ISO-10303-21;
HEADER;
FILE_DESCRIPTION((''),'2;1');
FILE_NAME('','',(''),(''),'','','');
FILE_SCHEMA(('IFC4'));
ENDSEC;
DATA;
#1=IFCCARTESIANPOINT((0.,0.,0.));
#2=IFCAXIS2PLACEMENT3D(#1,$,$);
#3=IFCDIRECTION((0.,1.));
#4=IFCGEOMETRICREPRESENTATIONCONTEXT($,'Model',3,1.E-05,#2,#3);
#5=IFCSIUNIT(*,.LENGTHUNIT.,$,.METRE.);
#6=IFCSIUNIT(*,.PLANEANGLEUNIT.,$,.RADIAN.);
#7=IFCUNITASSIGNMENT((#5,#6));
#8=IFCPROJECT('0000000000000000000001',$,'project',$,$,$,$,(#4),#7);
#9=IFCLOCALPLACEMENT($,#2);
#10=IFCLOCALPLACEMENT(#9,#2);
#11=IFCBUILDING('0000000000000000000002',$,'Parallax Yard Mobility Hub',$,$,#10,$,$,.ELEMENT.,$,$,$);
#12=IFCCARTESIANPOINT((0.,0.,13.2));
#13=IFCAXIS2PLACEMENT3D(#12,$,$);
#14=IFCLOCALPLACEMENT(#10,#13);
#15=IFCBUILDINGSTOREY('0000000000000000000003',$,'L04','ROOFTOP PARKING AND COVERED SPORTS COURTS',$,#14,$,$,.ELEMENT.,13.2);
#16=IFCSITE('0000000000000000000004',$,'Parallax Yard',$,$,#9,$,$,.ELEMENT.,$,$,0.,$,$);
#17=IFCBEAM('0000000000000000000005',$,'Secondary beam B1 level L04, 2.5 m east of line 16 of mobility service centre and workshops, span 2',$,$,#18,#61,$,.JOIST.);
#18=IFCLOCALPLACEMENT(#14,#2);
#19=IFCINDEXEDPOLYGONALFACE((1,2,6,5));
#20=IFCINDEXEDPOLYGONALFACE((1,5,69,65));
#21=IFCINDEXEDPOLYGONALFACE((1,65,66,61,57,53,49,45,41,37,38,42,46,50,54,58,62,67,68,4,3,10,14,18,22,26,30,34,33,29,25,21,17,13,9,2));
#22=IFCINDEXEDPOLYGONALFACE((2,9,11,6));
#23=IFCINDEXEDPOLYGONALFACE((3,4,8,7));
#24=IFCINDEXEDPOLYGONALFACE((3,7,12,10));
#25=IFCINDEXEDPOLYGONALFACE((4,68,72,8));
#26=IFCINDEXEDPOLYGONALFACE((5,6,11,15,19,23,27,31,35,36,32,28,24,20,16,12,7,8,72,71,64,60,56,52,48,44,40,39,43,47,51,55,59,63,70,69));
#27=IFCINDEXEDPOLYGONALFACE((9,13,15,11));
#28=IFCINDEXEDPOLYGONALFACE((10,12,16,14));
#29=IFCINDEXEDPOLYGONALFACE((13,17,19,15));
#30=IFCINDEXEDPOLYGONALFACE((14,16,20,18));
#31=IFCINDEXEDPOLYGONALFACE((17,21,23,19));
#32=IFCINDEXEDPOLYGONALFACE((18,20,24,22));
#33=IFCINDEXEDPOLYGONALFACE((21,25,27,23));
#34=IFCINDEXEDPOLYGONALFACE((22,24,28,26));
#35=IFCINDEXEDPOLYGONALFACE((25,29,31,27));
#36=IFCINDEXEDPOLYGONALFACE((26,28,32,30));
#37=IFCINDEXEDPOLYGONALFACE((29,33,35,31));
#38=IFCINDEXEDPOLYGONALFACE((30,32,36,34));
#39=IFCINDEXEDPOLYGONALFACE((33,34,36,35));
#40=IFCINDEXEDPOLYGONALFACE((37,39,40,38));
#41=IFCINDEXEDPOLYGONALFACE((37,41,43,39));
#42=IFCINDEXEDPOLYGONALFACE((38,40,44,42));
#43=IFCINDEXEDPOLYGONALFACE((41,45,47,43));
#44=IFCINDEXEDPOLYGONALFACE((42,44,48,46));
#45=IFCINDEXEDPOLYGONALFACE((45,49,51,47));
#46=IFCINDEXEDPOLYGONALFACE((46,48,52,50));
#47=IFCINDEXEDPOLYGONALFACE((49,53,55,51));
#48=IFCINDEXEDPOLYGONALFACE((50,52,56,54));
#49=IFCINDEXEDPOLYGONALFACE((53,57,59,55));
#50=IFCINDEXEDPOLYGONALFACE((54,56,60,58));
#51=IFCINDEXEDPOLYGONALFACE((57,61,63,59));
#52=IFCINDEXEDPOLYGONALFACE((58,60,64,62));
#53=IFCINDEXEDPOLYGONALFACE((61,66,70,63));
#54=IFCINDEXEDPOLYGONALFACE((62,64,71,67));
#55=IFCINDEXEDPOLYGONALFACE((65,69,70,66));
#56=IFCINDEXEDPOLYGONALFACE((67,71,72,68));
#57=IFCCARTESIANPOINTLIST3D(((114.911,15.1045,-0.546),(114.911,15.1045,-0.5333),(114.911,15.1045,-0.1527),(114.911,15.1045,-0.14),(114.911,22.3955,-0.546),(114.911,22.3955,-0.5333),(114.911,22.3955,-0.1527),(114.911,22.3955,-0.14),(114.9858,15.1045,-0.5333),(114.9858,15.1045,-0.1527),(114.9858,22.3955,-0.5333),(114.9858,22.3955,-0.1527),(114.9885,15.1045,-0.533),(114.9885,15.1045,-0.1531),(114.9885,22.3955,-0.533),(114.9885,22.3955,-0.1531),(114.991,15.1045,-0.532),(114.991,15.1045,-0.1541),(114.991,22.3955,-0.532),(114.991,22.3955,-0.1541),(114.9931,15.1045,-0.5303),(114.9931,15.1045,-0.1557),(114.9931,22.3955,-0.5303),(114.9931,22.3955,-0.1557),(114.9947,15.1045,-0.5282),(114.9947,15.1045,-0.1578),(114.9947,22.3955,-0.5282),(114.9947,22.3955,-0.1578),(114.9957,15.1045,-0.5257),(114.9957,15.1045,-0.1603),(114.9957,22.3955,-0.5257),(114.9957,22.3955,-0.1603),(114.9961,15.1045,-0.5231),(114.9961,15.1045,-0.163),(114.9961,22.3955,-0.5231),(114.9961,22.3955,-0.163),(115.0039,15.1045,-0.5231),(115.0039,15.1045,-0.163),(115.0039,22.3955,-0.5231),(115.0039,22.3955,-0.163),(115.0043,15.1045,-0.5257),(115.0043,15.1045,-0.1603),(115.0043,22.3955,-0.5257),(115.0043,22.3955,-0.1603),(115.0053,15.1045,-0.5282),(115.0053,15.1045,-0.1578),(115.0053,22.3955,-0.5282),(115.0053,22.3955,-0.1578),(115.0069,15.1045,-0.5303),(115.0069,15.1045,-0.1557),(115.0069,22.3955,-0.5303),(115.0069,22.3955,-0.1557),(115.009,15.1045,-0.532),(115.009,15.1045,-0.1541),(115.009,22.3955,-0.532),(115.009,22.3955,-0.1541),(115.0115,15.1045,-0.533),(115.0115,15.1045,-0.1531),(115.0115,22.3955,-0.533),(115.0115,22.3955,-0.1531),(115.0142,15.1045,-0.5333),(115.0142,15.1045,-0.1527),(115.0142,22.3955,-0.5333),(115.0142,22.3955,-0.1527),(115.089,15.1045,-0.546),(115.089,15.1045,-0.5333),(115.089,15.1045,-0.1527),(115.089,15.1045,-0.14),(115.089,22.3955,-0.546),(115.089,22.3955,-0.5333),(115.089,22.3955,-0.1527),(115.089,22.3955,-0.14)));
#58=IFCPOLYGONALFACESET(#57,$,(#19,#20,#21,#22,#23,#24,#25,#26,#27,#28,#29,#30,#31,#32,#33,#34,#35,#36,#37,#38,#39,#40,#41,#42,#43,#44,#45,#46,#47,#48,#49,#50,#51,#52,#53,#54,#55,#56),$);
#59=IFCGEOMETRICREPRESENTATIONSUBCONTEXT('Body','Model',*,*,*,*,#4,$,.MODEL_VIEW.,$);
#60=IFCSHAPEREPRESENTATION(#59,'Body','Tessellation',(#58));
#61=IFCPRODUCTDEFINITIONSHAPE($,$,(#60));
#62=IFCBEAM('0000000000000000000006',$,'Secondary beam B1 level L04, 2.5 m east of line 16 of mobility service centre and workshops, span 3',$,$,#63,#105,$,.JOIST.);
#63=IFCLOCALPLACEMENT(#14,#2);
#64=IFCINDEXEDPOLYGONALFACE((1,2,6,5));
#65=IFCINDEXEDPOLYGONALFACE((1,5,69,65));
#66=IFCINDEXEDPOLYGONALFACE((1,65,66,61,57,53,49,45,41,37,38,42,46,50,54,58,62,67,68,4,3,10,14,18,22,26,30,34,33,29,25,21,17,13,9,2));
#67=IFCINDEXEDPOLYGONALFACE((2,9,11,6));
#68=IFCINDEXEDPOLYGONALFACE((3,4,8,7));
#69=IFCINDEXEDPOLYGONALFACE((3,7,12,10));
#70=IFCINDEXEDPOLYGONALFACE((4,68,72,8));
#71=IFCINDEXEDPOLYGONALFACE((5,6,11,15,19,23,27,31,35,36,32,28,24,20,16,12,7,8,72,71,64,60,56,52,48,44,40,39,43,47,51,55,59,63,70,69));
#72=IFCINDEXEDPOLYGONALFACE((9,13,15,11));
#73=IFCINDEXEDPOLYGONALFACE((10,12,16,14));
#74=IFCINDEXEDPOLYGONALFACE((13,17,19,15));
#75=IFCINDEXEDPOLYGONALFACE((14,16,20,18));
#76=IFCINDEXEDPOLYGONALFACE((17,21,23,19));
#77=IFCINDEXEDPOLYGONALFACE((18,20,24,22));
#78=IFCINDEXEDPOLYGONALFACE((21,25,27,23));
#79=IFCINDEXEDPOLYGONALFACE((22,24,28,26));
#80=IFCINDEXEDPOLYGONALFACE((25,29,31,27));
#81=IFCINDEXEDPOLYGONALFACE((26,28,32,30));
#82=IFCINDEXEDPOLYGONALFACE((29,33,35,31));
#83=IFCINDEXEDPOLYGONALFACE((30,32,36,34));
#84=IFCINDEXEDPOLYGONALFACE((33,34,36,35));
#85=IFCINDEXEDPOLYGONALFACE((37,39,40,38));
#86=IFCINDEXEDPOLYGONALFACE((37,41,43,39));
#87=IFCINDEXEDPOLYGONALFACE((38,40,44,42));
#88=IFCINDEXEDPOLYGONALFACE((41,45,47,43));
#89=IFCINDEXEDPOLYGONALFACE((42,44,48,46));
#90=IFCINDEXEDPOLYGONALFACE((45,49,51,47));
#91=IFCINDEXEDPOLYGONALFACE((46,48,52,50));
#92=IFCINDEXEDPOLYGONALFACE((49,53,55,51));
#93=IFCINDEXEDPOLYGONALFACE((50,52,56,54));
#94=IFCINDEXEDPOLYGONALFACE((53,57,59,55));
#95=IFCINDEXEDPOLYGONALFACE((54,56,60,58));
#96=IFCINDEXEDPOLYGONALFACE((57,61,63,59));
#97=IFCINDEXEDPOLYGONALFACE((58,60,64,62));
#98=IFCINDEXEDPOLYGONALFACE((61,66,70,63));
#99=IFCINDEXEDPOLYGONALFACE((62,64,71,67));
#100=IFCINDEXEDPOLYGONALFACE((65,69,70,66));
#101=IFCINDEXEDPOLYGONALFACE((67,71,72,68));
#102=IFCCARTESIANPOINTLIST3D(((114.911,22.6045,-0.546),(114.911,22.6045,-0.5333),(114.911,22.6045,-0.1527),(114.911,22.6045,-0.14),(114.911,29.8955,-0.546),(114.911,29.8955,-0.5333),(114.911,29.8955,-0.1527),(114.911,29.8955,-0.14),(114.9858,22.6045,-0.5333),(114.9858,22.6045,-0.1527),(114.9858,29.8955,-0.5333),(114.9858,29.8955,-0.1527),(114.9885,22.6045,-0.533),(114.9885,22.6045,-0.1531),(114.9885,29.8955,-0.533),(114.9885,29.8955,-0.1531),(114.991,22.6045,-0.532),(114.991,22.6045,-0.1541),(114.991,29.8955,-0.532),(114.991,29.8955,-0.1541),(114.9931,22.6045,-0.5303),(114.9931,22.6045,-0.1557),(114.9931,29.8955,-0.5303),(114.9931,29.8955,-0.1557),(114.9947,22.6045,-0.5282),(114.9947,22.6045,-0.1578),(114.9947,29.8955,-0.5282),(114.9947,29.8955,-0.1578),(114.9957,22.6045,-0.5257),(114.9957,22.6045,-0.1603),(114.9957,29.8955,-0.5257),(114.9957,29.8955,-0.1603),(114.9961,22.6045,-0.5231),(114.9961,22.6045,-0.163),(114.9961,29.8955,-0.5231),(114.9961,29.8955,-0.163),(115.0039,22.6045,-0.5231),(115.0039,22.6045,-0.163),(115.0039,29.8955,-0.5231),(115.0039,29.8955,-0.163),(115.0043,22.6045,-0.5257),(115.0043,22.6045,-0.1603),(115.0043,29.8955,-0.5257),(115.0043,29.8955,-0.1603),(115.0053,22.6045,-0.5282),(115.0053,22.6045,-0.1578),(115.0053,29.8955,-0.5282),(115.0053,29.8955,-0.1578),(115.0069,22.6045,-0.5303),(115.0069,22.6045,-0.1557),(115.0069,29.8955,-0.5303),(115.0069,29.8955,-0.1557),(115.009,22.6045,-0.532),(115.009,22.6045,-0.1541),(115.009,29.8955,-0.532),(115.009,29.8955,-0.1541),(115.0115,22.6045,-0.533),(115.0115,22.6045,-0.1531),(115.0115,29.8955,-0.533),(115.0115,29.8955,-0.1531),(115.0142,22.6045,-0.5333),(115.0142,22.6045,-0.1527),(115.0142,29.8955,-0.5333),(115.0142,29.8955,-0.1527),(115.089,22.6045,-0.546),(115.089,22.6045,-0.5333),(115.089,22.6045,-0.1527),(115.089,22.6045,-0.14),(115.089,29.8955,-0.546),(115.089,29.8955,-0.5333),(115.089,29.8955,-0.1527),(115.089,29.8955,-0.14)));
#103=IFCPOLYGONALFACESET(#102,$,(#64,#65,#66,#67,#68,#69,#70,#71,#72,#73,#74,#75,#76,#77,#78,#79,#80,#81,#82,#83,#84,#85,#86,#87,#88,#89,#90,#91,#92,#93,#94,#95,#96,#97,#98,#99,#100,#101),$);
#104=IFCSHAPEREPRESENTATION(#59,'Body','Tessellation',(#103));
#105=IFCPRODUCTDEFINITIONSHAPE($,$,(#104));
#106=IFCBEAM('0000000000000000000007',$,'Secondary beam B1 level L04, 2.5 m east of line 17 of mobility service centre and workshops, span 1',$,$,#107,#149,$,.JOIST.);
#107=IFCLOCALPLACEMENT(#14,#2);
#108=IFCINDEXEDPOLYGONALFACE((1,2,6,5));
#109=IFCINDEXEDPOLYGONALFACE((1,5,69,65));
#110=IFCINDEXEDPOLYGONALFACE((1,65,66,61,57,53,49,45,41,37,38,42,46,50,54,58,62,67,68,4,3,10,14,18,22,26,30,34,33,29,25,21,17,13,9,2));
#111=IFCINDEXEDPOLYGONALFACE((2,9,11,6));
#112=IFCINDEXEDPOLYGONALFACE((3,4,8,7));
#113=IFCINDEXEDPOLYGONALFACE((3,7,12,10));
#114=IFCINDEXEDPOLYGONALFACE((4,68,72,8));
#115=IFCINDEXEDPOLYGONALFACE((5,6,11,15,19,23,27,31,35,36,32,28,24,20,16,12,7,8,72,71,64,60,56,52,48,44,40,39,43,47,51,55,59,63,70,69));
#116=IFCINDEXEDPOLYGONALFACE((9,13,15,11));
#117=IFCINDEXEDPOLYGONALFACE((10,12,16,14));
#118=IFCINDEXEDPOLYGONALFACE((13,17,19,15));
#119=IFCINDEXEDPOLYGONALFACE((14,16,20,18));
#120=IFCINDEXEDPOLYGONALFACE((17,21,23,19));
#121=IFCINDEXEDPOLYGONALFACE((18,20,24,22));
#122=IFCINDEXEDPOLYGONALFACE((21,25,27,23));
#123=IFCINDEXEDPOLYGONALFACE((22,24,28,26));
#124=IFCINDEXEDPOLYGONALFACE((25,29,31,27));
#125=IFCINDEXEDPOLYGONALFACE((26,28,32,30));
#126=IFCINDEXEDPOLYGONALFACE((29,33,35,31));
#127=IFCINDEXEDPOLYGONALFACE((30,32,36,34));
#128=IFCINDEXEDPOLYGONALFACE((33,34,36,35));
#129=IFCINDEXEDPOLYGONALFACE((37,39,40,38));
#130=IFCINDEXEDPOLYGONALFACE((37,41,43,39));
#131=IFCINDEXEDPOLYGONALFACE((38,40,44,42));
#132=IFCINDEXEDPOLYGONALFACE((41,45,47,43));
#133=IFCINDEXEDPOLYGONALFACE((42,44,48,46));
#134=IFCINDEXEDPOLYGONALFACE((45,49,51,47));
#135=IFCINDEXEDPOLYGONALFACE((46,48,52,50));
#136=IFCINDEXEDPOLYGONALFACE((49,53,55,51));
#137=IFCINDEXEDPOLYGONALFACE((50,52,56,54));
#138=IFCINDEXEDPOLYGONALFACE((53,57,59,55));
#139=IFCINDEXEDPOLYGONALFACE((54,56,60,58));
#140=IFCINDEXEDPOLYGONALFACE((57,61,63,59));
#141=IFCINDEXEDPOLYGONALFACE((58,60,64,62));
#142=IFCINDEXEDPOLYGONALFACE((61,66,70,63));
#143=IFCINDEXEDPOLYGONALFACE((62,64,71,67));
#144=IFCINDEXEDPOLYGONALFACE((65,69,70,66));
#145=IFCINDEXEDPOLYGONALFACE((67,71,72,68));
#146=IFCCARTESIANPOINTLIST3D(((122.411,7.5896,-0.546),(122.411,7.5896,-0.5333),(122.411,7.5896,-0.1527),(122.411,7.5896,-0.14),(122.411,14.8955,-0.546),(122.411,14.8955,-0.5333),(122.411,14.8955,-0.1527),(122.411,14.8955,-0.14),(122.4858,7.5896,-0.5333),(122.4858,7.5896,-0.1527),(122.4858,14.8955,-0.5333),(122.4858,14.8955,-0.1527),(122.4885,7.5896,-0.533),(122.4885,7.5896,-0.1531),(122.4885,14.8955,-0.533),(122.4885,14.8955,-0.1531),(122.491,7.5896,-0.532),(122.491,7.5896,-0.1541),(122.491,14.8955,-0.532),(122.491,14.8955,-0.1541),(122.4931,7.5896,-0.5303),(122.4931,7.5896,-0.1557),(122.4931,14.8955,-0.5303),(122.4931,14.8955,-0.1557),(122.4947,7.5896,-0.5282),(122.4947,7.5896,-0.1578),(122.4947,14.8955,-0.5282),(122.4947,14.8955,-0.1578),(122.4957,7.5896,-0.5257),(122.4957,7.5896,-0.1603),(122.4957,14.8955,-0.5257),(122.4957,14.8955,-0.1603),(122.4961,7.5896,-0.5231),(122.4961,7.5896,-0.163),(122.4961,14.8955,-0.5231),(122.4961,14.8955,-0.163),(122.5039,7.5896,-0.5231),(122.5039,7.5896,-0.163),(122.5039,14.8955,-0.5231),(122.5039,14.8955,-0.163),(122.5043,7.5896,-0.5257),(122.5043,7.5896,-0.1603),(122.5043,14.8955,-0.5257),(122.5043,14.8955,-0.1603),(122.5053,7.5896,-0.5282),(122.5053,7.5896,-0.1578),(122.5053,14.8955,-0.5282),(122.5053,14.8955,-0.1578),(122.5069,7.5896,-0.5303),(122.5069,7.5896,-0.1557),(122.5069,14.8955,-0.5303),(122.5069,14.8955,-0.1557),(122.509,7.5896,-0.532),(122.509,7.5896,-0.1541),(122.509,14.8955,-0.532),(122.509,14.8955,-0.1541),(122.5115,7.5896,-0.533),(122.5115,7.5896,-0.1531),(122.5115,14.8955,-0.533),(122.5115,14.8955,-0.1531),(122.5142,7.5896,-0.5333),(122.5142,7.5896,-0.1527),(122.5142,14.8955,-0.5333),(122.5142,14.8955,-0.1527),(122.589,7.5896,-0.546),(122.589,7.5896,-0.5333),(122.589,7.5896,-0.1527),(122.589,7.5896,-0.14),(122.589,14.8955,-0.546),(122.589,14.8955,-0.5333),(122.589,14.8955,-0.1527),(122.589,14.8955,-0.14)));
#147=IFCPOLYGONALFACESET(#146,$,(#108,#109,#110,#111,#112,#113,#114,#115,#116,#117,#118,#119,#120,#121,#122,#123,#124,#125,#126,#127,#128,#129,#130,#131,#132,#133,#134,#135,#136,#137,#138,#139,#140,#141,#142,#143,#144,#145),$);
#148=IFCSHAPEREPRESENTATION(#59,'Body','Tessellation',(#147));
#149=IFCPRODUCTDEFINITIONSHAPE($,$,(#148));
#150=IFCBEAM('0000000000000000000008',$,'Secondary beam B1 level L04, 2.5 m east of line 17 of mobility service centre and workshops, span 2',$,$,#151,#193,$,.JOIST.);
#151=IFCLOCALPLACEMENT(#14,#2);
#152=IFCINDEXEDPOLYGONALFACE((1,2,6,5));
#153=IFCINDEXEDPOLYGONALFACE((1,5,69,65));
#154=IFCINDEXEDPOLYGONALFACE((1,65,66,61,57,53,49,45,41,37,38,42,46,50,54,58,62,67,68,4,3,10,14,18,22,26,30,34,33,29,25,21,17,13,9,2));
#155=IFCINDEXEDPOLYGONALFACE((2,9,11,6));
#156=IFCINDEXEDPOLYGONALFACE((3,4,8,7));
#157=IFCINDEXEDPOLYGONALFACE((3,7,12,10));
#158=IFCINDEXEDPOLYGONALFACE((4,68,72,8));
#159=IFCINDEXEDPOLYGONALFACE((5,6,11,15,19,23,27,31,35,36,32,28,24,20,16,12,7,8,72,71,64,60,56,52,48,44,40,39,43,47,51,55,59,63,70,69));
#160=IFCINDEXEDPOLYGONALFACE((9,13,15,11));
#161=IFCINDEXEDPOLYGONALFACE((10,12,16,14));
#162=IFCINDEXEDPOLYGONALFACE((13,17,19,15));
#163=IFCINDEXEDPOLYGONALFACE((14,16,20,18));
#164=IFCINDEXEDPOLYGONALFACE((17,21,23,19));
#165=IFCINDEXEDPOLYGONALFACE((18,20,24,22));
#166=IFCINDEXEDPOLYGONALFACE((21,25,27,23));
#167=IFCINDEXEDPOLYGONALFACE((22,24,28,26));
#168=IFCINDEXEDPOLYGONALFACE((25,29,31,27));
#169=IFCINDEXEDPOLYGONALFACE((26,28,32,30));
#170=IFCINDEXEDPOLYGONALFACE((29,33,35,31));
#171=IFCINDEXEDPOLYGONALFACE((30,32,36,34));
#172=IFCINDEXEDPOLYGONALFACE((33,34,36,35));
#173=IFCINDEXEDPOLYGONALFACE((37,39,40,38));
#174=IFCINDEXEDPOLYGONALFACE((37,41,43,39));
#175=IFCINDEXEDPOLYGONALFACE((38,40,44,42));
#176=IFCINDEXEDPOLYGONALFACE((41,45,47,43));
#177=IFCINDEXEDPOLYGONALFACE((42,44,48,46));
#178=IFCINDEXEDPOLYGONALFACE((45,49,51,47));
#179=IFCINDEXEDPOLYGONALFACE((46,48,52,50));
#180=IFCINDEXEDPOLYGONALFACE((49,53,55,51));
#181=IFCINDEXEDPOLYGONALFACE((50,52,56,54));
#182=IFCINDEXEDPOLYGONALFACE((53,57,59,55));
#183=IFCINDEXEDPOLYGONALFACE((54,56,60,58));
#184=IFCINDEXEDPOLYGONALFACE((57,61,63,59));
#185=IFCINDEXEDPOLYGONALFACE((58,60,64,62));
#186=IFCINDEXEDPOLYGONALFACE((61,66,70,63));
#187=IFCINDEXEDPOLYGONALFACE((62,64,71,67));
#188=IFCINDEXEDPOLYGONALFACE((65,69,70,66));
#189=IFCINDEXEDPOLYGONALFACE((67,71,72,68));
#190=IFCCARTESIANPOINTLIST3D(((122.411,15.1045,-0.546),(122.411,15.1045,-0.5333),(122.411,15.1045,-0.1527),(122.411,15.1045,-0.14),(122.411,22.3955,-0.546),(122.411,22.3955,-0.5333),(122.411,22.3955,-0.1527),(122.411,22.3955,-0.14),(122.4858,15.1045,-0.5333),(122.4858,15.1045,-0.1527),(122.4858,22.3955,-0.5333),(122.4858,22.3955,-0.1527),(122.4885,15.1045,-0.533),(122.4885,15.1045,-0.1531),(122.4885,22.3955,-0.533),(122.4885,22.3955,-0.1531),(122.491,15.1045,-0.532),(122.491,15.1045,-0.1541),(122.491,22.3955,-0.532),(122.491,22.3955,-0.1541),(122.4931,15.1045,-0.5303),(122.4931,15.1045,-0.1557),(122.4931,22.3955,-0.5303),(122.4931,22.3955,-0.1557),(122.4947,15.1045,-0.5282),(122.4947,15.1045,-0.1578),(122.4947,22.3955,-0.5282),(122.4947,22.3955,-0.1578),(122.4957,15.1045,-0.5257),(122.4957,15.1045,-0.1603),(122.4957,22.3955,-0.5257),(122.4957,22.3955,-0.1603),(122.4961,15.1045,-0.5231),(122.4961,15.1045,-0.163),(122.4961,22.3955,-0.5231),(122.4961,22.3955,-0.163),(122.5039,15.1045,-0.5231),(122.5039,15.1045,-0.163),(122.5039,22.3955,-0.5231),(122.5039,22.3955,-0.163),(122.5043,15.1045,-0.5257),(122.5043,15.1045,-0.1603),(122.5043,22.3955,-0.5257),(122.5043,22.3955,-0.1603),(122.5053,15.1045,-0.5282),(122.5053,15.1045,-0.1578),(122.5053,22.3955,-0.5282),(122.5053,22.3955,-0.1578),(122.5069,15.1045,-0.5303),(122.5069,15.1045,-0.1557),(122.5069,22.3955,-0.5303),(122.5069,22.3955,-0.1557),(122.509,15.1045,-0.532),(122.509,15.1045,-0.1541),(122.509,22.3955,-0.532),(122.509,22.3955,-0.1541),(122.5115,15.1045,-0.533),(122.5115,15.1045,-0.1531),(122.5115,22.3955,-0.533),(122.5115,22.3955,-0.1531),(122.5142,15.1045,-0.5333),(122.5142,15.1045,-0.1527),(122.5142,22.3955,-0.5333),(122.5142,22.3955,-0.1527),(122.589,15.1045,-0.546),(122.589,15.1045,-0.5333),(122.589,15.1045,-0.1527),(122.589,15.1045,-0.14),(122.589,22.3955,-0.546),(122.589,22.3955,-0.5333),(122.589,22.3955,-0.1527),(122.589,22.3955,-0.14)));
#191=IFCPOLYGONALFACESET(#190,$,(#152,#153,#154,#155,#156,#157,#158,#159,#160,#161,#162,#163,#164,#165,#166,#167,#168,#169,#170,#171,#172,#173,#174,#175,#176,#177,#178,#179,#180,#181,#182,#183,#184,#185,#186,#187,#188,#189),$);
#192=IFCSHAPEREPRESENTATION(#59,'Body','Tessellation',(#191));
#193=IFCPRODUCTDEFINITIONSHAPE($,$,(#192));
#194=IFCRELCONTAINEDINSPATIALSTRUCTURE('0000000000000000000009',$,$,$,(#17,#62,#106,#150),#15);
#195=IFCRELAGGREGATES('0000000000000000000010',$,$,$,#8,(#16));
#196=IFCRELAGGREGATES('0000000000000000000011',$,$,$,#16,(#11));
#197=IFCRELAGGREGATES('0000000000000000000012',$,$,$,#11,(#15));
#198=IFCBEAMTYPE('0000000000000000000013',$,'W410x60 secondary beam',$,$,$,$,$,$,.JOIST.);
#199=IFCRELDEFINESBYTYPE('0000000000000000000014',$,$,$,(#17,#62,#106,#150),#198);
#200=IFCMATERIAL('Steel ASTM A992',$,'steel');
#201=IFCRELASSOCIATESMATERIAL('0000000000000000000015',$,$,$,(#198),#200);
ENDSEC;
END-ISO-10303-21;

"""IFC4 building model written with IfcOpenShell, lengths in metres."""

from ifc_helpers import new_model, si_unit, direction, frame, origin, origin_2d, place, context, subcontext, project, spatial, i_section, extrude, material, material_profile, profile_set, type_object, element, save


model = new_model("IFC4")

# Units and contexts
model_context = context("Model", 3, precision=1e-05, world=origin(), true_north=direction((0.0, 1.0)))
body_context = subcontext(model_context, "Body", "Model", "MODEL_VIEW")
ifc_project = project(units=[si_unit("LENGTHUNIT", "METRE"), si_unit("PLANEANGLEUNIT", "RADIAN")], contexts=[model_context])

# Site, building, storey
site_placement = place(None, origin())
site = spatial("IfcSite", under=ifc_project, at=site_placement, Name="Parallax Yard", CompositionType="ELEMENT", RefElevation=0.0)
building_placement = place(site_placement, origin())
building = spatial("IfcBuilding", under=site, at=building_placement, Name="Parallax Yard Mobility Hub", CompositionType="ELEMENT")
storey_placement = place(building_placement, frame((0.0, 0.0, 13.2)))
storey = spatial("IfcBuildingStorey", under=building, at=storey_placement, Name="L04", Description="ROOFTOP PARKING AND COVERED SPORTS COURTS", CompositionType="ELEMENT", Elevation=13.2)

# Shared definitions
ifc_material_1 = material(Name="Steel ASTM A992", Category="steel")

# Beams
ifc_material_profile_1 = material_profile(ifc_material_1, i_section(OverallWidth=0.178, OverallDepth=0.406, WebThickness=0.0078, FlangeThickness=0.0127, FilletRadius=0.0103, at=origin_2d()), Name="W410x60")
ifc_profile_set_1 = profile_set([ifc_material_profile_1], Name="Steel ASTM A992")
beam_type_1 = type_object("IfcBeamType", Name="W410x60 secondary beam", PredefinedType="JOIST", material=ifc_profile_set_1)
for number, where, z_axis, x_axis, name in (
    (1, (115.0, 15.1045, -0.343), (0.0, 1.0, 0.0), (-1.0, 0.0, 0.0), "Secondary beam B1 level L04, 2.5 m east of line 16 of mobility service centre and workshops, span 2"),
    (2, (115.0, 22.6045, -0.343), (0.0, 1.0, 0.0), (-1.0, 0.0, 0.0), "Secondary beam B1 level L04, 2.5 m east of line 16 of mobility service centre and workshops, span 3"),
):
    element("IfcBeam", number, at=place(storey_placement, frame(where, z_axis=z_axis, x_axis=x_axis)), inside=storey, type_object=beam_type_1, Name=name, PredefinedType="JOIST", context=body_context, shape_type="SweptSolid", body=[
        extrude(i_section(OverallWidth=0.178, OverallDepth=0.406, WebThickness=0.0078, FlangeThickness=0.0127, FilletRadius=0.0103, at=origin_2d()), origin(), (0.0, 0.0, 1.0), 7.291),
    ])
beam_1_placement = place(storey_placement, frame((122.5, 7.5896, -0.343), z_axis=(0.0, 1.0, 0.0), x_axis=(-1.0, 0.0, 0.0)))
element("IfcBeam", 3, at=beam_1_placement, inside=storey, type_object=beam_type_1, Name="Secondary beam B1 level L04, 2.5 m east of line 17 of mobility service centre and workshops, span 1", PredefinedType="JOIST", context=body_context, shape_type="SweptSolid", body=[
    extrude(i_section(OverallWidth=0.178, OverallDepth=0.406, WebThickness=0.0078, FlangeThickness=0.0127, FilletRadius=0.0103, at=origin_2d()), origin(), (0.0, 0.0, 1.0), 7.3059),
])
beam_2_placement = place(storey_placement, frame((122.5, 15.1045, -0.343), z_axis=(0.0, 1.0, 0.0), x_axis=(-1.0, 0.0, 0.0)))
element("IfcBeam", 4, at=beam_2_placement, inside=storey, type_object=beam_type_1, Name="Secondary beam B1 level L04, 2.5 m east of line 17 of mobility service centre and workshops, span 2", PredefinedType="JOIST", context=body_context, shape_type="SweptSolid", body=[
    extrude(i_section(OverallWidth=0.178, OverallDepth=0.406, WebThickness=0.0078, FlangeThickness=0.0127, FilletRadius=0.0103, at=origin_2d()), origin(), (0.0, 0.0, 1.0), 7.291),
])

save(model, "model.ifc")
